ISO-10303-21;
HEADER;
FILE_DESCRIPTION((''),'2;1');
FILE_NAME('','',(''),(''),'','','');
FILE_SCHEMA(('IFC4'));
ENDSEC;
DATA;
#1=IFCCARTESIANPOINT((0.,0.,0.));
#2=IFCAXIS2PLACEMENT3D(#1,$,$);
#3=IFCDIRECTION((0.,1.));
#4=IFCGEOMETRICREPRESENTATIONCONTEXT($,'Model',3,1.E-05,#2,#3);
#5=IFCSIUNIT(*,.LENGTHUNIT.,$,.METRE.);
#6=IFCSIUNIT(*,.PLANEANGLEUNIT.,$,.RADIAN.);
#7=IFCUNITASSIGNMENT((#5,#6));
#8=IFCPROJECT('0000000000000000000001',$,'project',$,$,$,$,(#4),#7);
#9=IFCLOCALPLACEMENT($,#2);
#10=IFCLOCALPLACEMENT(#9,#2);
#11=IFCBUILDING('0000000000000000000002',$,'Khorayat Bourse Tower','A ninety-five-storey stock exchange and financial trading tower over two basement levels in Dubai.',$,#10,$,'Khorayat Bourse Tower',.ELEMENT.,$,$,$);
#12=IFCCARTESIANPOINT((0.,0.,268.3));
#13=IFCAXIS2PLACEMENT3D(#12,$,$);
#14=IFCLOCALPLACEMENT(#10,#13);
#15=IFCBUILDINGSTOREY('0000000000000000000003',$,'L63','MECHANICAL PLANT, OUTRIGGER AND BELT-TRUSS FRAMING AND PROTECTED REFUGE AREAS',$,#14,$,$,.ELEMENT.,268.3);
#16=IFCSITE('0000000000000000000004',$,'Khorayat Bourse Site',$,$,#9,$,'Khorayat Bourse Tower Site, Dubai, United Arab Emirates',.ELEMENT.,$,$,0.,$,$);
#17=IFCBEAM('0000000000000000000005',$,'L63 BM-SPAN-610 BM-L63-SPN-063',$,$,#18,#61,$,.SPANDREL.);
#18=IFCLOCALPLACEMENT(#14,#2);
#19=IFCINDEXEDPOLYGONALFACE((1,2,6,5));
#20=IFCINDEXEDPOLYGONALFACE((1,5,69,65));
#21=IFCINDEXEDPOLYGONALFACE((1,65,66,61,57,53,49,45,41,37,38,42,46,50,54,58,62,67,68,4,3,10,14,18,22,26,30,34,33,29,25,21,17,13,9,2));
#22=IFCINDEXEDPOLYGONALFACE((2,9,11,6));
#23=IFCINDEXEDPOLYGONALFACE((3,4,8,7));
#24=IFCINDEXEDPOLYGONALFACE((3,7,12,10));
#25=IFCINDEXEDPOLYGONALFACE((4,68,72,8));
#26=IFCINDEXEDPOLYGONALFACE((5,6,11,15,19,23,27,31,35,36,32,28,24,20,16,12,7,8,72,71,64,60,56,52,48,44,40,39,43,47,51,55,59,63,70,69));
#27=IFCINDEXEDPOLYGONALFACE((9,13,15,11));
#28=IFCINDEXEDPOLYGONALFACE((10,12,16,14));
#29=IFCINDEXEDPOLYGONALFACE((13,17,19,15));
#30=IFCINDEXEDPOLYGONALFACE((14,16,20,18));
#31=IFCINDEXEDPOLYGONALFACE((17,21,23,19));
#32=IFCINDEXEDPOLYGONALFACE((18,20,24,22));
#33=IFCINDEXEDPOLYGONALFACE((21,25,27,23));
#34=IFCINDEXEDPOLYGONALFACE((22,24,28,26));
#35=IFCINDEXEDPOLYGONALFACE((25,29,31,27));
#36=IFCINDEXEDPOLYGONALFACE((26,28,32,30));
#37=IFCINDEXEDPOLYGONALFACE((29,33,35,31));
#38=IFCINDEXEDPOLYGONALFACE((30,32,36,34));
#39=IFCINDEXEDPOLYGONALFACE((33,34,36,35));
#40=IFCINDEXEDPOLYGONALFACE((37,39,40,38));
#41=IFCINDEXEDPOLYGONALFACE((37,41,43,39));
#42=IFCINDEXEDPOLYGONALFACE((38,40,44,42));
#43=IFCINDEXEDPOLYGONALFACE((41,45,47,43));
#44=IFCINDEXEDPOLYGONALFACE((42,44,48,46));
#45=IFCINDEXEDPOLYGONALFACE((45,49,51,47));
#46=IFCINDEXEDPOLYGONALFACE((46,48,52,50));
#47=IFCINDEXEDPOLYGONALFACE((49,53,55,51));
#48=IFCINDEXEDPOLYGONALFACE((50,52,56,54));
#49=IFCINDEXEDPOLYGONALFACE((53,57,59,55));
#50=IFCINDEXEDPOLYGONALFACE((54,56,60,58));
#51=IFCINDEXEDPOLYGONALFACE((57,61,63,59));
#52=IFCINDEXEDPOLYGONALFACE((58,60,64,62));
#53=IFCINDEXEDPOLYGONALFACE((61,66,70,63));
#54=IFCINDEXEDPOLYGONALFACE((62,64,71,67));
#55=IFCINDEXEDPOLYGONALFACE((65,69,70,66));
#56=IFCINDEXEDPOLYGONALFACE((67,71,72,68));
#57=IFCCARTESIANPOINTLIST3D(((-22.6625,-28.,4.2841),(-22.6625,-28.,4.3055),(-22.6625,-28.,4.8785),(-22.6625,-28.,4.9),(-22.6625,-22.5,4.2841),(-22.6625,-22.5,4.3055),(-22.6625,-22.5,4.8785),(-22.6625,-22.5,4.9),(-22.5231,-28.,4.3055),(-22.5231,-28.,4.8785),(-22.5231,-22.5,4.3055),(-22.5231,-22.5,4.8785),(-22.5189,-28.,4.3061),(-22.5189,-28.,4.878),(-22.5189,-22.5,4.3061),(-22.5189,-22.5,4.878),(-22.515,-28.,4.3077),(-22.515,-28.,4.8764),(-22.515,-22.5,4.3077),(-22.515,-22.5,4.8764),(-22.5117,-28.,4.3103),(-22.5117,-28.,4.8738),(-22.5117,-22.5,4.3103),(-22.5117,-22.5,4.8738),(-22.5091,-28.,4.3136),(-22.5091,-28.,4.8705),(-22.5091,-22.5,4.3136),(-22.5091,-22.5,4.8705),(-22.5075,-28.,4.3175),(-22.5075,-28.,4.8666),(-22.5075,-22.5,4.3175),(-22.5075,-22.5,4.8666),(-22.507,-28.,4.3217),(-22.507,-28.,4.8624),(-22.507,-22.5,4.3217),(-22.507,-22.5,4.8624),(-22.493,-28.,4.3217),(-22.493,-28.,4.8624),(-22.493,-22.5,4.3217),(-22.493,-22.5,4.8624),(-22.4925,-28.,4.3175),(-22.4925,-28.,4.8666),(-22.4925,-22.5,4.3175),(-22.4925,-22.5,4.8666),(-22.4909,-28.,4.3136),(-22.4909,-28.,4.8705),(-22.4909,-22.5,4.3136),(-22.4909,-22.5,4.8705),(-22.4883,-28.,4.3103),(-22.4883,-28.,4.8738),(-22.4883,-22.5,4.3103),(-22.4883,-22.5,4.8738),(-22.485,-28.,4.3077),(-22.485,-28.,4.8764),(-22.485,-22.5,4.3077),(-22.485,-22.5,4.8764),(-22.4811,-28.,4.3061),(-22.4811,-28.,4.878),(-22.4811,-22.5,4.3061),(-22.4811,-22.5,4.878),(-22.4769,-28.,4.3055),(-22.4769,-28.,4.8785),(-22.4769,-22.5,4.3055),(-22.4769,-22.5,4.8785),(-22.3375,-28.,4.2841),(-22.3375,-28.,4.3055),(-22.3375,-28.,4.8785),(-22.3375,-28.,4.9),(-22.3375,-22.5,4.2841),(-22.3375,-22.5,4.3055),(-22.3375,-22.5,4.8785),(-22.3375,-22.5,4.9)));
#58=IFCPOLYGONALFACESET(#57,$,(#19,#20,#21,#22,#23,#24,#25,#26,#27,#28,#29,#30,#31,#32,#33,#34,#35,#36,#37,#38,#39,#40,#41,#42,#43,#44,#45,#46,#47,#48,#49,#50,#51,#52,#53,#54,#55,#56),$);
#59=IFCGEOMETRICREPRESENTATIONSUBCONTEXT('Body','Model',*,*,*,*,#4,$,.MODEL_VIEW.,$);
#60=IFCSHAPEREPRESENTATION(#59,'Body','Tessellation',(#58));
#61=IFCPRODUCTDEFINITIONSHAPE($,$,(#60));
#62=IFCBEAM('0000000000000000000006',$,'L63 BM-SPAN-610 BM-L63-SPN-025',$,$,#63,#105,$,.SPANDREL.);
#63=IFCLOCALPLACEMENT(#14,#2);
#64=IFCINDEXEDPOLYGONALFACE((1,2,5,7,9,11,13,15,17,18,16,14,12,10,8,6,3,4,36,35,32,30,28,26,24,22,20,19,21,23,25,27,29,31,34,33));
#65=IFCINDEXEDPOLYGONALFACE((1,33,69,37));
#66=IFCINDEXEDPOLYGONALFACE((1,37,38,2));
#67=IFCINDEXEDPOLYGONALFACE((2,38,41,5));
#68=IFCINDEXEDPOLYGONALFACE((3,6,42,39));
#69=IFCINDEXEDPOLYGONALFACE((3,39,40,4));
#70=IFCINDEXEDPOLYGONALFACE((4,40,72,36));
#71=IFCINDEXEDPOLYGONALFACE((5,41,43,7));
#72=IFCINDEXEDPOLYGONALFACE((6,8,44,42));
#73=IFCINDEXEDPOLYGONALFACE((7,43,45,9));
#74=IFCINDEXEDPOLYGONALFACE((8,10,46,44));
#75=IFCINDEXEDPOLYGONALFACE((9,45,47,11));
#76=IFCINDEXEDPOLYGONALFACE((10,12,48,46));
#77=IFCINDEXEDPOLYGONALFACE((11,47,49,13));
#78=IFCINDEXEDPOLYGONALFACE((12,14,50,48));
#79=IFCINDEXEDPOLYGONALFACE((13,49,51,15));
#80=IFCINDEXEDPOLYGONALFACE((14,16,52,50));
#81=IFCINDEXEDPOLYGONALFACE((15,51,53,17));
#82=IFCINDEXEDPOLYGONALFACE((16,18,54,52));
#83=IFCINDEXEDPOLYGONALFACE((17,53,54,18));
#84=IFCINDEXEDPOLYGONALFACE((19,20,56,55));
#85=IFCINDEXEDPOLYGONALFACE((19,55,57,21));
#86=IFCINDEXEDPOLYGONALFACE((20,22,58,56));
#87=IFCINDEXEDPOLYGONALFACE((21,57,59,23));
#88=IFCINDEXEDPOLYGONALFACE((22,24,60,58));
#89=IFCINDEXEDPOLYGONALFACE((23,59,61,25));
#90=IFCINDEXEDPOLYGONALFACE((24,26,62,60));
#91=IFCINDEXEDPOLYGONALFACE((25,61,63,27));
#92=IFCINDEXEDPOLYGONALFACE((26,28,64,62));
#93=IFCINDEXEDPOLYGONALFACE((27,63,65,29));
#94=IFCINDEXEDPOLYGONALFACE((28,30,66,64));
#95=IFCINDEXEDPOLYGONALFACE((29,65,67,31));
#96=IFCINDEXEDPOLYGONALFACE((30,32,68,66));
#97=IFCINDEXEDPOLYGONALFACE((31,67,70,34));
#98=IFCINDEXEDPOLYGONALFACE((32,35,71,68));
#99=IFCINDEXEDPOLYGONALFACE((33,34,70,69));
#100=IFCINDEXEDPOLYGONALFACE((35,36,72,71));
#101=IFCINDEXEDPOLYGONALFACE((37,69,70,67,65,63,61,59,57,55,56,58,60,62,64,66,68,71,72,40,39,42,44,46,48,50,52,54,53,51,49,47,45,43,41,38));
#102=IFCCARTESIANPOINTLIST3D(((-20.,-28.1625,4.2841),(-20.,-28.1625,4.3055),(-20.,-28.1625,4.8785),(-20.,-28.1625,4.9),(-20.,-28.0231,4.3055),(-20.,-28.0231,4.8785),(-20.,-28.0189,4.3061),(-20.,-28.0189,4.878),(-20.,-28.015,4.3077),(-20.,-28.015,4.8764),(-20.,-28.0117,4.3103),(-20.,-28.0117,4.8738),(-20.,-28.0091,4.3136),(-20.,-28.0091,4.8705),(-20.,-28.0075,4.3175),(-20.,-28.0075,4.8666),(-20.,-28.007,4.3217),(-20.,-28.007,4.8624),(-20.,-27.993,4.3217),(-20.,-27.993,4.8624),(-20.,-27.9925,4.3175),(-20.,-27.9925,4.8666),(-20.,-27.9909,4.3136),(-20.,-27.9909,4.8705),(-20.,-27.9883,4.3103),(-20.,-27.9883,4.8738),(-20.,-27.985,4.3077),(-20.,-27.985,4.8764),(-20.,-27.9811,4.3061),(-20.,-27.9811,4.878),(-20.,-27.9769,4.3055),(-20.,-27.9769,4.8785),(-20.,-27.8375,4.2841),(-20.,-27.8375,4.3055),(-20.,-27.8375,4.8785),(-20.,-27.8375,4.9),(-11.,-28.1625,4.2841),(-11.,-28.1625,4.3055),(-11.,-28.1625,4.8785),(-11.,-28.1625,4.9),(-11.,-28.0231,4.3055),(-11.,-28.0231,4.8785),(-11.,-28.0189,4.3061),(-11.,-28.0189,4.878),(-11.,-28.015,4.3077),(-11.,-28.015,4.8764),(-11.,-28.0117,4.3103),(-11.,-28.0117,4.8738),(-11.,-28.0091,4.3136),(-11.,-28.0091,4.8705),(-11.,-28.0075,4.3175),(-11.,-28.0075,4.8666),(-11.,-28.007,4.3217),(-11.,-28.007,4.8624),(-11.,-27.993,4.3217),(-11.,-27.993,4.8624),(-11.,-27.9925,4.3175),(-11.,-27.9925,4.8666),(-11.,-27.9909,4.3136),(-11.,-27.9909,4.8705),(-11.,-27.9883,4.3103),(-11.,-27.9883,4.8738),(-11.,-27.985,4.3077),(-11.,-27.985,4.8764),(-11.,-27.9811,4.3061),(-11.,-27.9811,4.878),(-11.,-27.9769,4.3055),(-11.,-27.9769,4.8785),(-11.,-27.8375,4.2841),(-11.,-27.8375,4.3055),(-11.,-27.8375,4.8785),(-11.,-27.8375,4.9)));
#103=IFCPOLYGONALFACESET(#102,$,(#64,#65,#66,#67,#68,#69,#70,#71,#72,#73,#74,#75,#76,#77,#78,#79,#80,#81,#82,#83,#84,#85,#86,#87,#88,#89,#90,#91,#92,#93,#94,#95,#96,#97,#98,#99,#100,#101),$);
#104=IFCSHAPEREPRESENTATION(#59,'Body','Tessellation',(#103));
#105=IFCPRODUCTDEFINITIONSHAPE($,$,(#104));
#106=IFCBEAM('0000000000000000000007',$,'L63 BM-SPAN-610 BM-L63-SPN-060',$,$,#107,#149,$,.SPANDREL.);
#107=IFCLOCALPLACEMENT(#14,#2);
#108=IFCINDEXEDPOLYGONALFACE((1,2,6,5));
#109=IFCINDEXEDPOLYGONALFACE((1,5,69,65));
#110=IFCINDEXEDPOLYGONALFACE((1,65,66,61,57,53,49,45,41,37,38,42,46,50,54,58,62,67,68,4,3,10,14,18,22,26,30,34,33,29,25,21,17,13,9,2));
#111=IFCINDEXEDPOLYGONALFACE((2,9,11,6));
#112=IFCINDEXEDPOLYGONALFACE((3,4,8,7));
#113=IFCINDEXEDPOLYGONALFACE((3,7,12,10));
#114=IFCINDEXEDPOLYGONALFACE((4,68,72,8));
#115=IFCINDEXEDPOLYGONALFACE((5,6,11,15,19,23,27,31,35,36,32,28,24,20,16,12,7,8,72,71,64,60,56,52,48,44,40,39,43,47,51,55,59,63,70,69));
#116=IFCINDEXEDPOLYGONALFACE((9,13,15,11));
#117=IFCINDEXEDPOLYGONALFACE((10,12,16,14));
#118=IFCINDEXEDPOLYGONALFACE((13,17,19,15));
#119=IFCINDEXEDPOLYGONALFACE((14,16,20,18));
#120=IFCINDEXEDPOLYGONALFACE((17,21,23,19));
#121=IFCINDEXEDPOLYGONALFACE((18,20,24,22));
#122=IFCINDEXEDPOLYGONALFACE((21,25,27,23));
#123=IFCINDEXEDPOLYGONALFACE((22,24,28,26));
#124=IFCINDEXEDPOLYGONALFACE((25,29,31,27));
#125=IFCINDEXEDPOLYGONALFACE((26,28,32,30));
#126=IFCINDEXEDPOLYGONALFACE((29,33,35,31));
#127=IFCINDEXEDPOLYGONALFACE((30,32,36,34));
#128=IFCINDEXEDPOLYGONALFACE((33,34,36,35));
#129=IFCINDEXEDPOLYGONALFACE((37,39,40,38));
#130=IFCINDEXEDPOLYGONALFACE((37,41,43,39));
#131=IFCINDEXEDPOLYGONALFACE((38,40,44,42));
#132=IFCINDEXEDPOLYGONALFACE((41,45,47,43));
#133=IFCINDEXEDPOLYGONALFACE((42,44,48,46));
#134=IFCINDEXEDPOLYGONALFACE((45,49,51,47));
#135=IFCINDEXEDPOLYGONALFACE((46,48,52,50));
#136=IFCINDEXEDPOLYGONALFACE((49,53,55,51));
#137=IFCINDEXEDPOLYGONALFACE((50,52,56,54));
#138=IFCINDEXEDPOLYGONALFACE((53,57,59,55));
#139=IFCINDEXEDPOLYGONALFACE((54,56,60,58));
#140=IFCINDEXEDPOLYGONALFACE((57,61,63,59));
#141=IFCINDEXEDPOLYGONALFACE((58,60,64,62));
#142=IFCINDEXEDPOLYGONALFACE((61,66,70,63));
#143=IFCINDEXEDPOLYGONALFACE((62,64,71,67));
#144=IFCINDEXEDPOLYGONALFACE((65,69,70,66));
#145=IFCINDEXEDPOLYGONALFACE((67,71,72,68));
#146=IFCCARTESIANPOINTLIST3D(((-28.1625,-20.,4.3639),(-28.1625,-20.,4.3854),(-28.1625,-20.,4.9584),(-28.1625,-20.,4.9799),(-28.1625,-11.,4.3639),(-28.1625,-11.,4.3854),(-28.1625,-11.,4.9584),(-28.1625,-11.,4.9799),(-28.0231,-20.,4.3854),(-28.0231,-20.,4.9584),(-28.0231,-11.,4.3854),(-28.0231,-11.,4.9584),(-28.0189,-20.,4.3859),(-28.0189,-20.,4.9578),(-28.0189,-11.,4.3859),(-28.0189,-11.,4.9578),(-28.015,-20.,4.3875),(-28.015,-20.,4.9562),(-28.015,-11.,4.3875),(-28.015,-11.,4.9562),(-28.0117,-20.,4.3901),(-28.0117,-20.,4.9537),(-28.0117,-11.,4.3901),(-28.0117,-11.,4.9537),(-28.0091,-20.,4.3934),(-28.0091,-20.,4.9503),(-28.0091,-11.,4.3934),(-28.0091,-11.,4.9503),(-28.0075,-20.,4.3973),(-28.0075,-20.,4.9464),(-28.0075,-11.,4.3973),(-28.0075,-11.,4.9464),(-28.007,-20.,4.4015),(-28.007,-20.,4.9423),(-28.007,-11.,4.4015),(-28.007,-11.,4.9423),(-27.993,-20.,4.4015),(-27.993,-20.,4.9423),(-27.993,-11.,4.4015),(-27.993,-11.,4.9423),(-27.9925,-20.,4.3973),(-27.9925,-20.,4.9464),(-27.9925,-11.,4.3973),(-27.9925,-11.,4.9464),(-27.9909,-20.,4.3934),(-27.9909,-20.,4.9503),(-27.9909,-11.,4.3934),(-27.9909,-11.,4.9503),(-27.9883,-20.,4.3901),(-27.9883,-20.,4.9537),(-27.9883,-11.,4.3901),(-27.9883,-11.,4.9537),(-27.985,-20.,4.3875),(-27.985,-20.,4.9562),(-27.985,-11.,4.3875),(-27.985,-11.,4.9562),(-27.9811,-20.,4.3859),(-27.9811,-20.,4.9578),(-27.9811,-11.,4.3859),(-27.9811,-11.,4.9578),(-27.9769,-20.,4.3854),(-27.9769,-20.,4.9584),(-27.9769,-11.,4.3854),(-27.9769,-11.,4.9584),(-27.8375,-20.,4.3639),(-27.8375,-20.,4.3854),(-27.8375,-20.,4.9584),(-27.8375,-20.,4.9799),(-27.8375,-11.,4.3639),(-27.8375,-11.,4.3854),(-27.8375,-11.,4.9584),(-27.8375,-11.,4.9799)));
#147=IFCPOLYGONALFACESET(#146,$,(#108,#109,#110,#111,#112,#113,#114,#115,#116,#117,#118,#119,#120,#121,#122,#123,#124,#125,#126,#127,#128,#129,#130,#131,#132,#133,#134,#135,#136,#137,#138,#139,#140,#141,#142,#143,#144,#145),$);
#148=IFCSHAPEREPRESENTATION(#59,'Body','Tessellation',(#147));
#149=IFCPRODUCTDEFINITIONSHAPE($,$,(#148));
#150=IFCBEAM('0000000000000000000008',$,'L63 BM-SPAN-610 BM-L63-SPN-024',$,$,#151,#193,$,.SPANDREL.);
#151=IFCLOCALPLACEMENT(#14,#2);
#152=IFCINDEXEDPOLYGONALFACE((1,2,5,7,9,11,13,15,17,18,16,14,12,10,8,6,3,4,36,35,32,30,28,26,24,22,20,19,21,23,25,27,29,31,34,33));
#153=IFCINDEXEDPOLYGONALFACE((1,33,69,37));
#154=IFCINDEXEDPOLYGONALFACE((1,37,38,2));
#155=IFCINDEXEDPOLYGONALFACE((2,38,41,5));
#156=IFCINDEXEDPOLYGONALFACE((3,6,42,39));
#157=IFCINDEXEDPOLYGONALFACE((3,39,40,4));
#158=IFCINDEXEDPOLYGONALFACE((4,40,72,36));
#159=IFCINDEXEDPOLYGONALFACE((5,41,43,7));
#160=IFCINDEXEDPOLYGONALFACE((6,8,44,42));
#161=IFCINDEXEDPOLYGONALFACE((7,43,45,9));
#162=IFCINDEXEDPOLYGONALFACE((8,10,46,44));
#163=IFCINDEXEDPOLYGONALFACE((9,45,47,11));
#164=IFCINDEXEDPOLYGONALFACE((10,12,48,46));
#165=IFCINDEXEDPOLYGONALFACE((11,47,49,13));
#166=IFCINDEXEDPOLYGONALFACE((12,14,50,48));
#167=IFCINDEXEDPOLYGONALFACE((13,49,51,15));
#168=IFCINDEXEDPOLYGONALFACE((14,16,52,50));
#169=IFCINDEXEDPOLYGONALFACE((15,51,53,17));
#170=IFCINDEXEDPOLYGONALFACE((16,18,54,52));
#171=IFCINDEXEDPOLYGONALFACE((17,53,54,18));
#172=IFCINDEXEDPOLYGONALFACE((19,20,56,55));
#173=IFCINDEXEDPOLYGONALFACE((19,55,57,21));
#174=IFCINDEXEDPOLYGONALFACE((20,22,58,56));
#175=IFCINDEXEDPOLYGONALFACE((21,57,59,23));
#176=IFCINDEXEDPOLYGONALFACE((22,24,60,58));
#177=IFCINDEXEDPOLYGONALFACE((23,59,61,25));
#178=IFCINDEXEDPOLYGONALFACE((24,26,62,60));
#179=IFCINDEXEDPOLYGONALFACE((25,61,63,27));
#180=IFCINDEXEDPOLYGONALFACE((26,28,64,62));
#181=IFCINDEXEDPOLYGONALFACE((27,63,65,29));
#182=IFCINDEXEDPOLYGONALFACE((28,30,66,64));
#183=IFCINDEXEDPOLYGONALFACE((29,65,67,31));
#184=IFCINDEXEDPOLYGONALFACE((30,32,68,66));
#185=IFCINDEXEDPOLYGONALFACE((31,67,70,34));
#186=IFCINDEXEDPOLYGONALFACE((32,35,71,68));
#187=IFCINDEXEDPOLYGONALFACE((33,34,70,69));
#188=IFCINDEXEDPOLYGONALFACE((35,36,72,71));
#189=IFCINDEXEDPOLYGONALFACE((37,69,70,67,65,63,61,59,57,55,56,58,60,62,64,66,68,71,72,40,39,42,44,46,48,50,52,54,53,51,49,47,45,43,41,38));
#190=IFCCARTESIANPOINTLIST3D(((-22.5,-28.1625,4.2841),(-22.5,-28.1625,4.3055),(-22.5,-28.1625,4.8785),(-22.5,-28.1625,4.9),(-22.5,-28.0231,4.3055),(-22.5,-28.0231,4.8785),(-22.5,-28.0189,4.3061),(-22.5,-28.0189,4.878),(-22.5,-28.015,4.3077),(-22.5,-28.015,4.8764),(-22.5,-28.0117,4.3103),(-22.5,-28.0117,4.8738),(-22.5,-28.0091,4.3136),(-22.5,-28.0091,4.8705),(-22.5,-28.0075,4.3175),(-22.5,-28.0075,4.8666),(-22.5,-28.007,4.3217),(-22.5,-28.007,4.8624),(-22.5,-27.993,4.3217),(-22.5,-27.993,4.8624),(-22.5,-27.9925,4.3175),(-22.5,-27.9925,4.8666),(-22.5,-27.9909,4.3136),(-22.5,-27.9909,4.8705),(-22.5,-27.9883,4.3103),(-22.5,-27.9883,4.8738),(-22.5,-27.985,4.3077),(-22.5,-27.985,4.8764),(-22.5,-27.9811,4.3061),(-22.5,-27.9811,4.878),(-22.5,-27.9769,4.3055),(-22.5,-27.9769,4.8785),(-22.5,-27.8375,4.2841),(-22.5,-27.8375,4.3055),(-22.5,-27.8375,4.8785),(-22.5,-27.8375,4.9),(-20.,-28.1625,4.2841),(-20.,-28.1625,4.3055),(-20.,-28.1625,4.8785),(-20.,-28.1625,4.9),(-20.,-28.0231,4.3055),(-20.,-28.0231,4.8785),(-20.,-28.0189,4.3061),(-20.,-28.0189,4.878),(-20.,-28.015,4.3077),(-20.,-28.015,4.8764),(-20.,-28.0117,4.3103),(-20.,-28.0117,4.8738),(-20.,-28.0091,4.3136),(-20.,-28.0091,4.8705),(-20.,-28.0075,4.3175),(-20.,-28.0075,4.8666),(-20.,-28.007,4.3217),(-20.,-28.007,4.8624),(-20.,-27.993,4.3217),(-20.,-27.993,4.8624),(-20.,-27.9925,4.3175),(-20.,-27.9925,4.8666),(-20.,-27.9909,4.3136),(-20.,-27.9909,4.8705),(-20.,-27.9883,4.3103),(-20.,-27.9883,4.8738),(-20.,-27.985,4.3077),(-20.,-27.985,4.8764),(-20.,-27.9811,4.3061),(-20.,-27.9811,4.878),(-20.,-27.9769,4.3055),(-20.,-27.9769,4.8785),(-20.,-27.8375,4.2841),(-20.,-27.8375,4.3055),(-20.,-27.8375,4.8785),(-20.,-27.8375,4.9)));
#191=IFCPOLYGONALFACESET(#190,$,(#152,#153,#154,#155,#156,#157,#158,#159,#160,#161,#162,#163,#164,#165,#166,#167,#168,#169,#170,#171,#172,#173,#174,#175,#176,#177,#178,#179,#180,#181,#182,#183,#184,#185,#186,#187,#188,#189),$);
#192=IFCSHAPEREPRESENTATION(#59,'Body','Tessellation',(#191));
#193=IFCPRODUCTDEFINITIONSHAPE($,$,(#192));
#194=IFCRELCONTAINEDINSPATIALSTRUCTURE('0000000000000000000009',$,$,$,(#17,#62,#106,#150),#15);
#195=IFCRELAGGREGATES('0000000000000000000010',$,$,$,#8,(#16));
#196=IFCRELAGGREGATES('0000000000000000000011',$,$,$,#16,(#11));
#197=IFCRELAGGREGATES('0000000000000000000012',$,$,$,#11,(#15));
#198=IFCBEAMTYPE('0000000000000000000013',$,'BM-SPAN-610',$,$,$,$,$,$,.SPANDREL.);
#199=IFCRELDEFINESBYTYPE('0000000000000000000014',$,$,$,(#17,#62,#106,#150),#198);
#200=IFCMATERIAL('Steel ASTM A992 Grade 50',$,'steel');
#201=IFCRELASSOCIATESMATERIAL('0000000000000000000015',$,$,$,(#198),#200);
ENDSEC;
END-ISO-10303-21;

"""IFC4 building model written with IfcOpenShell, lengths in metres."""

from ifc_helpers import new_model, si_unit, direction, frame, origin, origin_2d, place, context, subcontext, project, spatial, i_section, extrude, source, transform, mapped, material, material_profile, profile_set, type_object, element, save


model = new_model("IFC4")

# Units and contexts
model_context = context("Model", 3, precision=1e-05, world=origin(), true_north=direction((0.0, 1.0)))
body_context = subcontext(model_context, "Body", "Model", "MODEL_VIEW")
ifc_project = project(units=[si_unit("LENGTHUNIT", "METRE"), si_unit("PLANEANGLEUNIT", "RADIAN")], contexts=[model_context])

# Site, building, storey
site_placement = place(None, origin())
site = spatial("IfcSite", under=ifc_project, at=site_placement, Name="Khorayat Bourse Site", LongName="Khorayat Bourse Tower Site, Dubai, United Arab Emirates", CompositionType="ELEMENT", RefElevation=0.0)
building_placement = place(site_placement, origin())
building = spatial("IfcBuilding", under=site, at=building_placement, Name="Khorayat Bourse Tower", Description="A ninety-five-storey stock exchange and financial trading tower over two basement levels in Dubai.", LongName="Khorayat Bourse Tower", CompositionType="ELEMENT")
storey_placement = place(building_placement, frame((0.0, 0.0, 268.3)))
storey = spatial("IfcBuildingStorey", under=building, at=storey_placement, Name="L63", Description="MECHANICAL PLANT, OUTRIGGER AND BELT-TRUSS FRAMING AND PROTECTED REFUGE AREAS", CompositionType="ELEMENT", Elevation=268.3)

# Beams
ifc_material_1 = material(Name="Steel ASTM A992 Grade 50", Category="steel")
ifc_material_profile_1 = material_profile(ifc_material_1, i_section(OverallWidth=0.325, OverallDepth=0.616, WebThickness=0.0139, FlangeThickness=0.0215, FilletRadius=0.0161, at=origin_2d()), Name="W610X174")
ifc_profile_set_1 = profile_set([ifc_material_profile_1], Name="Steel ASTM A992 Grade 50")
beam_type_1 = type_object("IfcBeamType", Name="BM-SPAN-610", PredefinedType="SPANDREL", material=ifc_profile_set_1)
shared_shape_1 = source(origin(), body_context, "Body", "SweptSolid", [
    extrude(i_section(OverallWidth=0.325, OverallDepth=0.616, WebThickness=0.0139, FlangeThickness=0.0215, FilletRadius=0.0161, at=origin_2d()), origin(), (0.0, 0.0, 1.0), 5.5),
])
for number, where, z_axis, x_axis, name in (
    (1, (-22.5, -28.0, 4.592), (0.0, 1.0, 0.0), (-1.0, 0.0, 0.0), "L63 BM-SPAN-610 BM-L63-SPN-063"),
):
    element("IfcBeam", number, at=place(storey_placement, frame(where, z_axis=z_axis, x_axis=x_axis)), inside=storey, type_object=beam_type_1, Name=name, PredefinedType="SPANDREL", context=body_context, shape_type="MappedRepresentation", body=[
        mapped(shared_shape_1, transform((0.0, 0.0, 0.0), scale=1.0)),
    ])
shared_shape_2 = source(origin(), body_context, "Body", "SweptSolid", [
    extrude(i_section(OverallWidth=0.325, OverallDepth=0.616, WebThickness=0.0139, FlangeThickness=0.0215, FilletRadius=0.0161, at=origin_2d()), origin(), (0.0, 0.0, 1.0), 9.0),
])
for number, where, z_axis, x_axis, name in (
    (2, (-20.0, -28.0, 4.592), (1.0, 0.0, 0.0), (0.0, 1.0, 0.0), "L63 BM-SPAN-610 BM-L63-SPN-025"),
    (3, (-28.0, -20.0, 4.6719), (0.0, 1.0, 0.0), (-1.0, 0.0, 0.0), "L63 BM-SPAN-610 BM-L63-SPN-060"),
):
    element("IfcBeam", number, at=place(storey_placement, frame(where, z_axis=z_axis, x_axis=x_axis)), inside=storey, type_object=beam_type_1, Name=name, PredefinedType="SPANDREL", context=body_context, shape_type="MappedRepresentation", body=[
        mapped(shared_shape_2, transform((0.0, 0.0, 0.0), scale=1.0)),
    ])
shared_shape_3 = source(origin(), body_context, "Body", "SweptSolid", [
    extrude(i_section(OverallWidth=0.325, OverallDepth=0.616, WebThickness=0.0139, FlangeThickness=0.0215, FilletRadius=0.0161, at=origin_2d()), origin(), (0.0, 0.0, 1.0), 2.5),
])
for number, where, z_axis, x_axis, name in (
    (4, (-22.5, -28.0, 4.592), (1.0, 0.0, 0.0), (0.0, 1.0, 0.0), "L63 BM-SPAN-610 BM-L63-SPN-024"),
):
    element("IfcBeam", number, at=place(storey_placement, frame(where, z_axis=z_axis, x_axis=x_axis)), inside=storey, type_object=beam_type_1, Name=name, PredefinedType="SPANDREL", context=body_context, shape_type="MappedRepresentation", body=[
        mapped(shared_shape_3, transform((0.0, 0.0, 0.0), scale=1.0)),
    ])

save(model, "model.ifc")
